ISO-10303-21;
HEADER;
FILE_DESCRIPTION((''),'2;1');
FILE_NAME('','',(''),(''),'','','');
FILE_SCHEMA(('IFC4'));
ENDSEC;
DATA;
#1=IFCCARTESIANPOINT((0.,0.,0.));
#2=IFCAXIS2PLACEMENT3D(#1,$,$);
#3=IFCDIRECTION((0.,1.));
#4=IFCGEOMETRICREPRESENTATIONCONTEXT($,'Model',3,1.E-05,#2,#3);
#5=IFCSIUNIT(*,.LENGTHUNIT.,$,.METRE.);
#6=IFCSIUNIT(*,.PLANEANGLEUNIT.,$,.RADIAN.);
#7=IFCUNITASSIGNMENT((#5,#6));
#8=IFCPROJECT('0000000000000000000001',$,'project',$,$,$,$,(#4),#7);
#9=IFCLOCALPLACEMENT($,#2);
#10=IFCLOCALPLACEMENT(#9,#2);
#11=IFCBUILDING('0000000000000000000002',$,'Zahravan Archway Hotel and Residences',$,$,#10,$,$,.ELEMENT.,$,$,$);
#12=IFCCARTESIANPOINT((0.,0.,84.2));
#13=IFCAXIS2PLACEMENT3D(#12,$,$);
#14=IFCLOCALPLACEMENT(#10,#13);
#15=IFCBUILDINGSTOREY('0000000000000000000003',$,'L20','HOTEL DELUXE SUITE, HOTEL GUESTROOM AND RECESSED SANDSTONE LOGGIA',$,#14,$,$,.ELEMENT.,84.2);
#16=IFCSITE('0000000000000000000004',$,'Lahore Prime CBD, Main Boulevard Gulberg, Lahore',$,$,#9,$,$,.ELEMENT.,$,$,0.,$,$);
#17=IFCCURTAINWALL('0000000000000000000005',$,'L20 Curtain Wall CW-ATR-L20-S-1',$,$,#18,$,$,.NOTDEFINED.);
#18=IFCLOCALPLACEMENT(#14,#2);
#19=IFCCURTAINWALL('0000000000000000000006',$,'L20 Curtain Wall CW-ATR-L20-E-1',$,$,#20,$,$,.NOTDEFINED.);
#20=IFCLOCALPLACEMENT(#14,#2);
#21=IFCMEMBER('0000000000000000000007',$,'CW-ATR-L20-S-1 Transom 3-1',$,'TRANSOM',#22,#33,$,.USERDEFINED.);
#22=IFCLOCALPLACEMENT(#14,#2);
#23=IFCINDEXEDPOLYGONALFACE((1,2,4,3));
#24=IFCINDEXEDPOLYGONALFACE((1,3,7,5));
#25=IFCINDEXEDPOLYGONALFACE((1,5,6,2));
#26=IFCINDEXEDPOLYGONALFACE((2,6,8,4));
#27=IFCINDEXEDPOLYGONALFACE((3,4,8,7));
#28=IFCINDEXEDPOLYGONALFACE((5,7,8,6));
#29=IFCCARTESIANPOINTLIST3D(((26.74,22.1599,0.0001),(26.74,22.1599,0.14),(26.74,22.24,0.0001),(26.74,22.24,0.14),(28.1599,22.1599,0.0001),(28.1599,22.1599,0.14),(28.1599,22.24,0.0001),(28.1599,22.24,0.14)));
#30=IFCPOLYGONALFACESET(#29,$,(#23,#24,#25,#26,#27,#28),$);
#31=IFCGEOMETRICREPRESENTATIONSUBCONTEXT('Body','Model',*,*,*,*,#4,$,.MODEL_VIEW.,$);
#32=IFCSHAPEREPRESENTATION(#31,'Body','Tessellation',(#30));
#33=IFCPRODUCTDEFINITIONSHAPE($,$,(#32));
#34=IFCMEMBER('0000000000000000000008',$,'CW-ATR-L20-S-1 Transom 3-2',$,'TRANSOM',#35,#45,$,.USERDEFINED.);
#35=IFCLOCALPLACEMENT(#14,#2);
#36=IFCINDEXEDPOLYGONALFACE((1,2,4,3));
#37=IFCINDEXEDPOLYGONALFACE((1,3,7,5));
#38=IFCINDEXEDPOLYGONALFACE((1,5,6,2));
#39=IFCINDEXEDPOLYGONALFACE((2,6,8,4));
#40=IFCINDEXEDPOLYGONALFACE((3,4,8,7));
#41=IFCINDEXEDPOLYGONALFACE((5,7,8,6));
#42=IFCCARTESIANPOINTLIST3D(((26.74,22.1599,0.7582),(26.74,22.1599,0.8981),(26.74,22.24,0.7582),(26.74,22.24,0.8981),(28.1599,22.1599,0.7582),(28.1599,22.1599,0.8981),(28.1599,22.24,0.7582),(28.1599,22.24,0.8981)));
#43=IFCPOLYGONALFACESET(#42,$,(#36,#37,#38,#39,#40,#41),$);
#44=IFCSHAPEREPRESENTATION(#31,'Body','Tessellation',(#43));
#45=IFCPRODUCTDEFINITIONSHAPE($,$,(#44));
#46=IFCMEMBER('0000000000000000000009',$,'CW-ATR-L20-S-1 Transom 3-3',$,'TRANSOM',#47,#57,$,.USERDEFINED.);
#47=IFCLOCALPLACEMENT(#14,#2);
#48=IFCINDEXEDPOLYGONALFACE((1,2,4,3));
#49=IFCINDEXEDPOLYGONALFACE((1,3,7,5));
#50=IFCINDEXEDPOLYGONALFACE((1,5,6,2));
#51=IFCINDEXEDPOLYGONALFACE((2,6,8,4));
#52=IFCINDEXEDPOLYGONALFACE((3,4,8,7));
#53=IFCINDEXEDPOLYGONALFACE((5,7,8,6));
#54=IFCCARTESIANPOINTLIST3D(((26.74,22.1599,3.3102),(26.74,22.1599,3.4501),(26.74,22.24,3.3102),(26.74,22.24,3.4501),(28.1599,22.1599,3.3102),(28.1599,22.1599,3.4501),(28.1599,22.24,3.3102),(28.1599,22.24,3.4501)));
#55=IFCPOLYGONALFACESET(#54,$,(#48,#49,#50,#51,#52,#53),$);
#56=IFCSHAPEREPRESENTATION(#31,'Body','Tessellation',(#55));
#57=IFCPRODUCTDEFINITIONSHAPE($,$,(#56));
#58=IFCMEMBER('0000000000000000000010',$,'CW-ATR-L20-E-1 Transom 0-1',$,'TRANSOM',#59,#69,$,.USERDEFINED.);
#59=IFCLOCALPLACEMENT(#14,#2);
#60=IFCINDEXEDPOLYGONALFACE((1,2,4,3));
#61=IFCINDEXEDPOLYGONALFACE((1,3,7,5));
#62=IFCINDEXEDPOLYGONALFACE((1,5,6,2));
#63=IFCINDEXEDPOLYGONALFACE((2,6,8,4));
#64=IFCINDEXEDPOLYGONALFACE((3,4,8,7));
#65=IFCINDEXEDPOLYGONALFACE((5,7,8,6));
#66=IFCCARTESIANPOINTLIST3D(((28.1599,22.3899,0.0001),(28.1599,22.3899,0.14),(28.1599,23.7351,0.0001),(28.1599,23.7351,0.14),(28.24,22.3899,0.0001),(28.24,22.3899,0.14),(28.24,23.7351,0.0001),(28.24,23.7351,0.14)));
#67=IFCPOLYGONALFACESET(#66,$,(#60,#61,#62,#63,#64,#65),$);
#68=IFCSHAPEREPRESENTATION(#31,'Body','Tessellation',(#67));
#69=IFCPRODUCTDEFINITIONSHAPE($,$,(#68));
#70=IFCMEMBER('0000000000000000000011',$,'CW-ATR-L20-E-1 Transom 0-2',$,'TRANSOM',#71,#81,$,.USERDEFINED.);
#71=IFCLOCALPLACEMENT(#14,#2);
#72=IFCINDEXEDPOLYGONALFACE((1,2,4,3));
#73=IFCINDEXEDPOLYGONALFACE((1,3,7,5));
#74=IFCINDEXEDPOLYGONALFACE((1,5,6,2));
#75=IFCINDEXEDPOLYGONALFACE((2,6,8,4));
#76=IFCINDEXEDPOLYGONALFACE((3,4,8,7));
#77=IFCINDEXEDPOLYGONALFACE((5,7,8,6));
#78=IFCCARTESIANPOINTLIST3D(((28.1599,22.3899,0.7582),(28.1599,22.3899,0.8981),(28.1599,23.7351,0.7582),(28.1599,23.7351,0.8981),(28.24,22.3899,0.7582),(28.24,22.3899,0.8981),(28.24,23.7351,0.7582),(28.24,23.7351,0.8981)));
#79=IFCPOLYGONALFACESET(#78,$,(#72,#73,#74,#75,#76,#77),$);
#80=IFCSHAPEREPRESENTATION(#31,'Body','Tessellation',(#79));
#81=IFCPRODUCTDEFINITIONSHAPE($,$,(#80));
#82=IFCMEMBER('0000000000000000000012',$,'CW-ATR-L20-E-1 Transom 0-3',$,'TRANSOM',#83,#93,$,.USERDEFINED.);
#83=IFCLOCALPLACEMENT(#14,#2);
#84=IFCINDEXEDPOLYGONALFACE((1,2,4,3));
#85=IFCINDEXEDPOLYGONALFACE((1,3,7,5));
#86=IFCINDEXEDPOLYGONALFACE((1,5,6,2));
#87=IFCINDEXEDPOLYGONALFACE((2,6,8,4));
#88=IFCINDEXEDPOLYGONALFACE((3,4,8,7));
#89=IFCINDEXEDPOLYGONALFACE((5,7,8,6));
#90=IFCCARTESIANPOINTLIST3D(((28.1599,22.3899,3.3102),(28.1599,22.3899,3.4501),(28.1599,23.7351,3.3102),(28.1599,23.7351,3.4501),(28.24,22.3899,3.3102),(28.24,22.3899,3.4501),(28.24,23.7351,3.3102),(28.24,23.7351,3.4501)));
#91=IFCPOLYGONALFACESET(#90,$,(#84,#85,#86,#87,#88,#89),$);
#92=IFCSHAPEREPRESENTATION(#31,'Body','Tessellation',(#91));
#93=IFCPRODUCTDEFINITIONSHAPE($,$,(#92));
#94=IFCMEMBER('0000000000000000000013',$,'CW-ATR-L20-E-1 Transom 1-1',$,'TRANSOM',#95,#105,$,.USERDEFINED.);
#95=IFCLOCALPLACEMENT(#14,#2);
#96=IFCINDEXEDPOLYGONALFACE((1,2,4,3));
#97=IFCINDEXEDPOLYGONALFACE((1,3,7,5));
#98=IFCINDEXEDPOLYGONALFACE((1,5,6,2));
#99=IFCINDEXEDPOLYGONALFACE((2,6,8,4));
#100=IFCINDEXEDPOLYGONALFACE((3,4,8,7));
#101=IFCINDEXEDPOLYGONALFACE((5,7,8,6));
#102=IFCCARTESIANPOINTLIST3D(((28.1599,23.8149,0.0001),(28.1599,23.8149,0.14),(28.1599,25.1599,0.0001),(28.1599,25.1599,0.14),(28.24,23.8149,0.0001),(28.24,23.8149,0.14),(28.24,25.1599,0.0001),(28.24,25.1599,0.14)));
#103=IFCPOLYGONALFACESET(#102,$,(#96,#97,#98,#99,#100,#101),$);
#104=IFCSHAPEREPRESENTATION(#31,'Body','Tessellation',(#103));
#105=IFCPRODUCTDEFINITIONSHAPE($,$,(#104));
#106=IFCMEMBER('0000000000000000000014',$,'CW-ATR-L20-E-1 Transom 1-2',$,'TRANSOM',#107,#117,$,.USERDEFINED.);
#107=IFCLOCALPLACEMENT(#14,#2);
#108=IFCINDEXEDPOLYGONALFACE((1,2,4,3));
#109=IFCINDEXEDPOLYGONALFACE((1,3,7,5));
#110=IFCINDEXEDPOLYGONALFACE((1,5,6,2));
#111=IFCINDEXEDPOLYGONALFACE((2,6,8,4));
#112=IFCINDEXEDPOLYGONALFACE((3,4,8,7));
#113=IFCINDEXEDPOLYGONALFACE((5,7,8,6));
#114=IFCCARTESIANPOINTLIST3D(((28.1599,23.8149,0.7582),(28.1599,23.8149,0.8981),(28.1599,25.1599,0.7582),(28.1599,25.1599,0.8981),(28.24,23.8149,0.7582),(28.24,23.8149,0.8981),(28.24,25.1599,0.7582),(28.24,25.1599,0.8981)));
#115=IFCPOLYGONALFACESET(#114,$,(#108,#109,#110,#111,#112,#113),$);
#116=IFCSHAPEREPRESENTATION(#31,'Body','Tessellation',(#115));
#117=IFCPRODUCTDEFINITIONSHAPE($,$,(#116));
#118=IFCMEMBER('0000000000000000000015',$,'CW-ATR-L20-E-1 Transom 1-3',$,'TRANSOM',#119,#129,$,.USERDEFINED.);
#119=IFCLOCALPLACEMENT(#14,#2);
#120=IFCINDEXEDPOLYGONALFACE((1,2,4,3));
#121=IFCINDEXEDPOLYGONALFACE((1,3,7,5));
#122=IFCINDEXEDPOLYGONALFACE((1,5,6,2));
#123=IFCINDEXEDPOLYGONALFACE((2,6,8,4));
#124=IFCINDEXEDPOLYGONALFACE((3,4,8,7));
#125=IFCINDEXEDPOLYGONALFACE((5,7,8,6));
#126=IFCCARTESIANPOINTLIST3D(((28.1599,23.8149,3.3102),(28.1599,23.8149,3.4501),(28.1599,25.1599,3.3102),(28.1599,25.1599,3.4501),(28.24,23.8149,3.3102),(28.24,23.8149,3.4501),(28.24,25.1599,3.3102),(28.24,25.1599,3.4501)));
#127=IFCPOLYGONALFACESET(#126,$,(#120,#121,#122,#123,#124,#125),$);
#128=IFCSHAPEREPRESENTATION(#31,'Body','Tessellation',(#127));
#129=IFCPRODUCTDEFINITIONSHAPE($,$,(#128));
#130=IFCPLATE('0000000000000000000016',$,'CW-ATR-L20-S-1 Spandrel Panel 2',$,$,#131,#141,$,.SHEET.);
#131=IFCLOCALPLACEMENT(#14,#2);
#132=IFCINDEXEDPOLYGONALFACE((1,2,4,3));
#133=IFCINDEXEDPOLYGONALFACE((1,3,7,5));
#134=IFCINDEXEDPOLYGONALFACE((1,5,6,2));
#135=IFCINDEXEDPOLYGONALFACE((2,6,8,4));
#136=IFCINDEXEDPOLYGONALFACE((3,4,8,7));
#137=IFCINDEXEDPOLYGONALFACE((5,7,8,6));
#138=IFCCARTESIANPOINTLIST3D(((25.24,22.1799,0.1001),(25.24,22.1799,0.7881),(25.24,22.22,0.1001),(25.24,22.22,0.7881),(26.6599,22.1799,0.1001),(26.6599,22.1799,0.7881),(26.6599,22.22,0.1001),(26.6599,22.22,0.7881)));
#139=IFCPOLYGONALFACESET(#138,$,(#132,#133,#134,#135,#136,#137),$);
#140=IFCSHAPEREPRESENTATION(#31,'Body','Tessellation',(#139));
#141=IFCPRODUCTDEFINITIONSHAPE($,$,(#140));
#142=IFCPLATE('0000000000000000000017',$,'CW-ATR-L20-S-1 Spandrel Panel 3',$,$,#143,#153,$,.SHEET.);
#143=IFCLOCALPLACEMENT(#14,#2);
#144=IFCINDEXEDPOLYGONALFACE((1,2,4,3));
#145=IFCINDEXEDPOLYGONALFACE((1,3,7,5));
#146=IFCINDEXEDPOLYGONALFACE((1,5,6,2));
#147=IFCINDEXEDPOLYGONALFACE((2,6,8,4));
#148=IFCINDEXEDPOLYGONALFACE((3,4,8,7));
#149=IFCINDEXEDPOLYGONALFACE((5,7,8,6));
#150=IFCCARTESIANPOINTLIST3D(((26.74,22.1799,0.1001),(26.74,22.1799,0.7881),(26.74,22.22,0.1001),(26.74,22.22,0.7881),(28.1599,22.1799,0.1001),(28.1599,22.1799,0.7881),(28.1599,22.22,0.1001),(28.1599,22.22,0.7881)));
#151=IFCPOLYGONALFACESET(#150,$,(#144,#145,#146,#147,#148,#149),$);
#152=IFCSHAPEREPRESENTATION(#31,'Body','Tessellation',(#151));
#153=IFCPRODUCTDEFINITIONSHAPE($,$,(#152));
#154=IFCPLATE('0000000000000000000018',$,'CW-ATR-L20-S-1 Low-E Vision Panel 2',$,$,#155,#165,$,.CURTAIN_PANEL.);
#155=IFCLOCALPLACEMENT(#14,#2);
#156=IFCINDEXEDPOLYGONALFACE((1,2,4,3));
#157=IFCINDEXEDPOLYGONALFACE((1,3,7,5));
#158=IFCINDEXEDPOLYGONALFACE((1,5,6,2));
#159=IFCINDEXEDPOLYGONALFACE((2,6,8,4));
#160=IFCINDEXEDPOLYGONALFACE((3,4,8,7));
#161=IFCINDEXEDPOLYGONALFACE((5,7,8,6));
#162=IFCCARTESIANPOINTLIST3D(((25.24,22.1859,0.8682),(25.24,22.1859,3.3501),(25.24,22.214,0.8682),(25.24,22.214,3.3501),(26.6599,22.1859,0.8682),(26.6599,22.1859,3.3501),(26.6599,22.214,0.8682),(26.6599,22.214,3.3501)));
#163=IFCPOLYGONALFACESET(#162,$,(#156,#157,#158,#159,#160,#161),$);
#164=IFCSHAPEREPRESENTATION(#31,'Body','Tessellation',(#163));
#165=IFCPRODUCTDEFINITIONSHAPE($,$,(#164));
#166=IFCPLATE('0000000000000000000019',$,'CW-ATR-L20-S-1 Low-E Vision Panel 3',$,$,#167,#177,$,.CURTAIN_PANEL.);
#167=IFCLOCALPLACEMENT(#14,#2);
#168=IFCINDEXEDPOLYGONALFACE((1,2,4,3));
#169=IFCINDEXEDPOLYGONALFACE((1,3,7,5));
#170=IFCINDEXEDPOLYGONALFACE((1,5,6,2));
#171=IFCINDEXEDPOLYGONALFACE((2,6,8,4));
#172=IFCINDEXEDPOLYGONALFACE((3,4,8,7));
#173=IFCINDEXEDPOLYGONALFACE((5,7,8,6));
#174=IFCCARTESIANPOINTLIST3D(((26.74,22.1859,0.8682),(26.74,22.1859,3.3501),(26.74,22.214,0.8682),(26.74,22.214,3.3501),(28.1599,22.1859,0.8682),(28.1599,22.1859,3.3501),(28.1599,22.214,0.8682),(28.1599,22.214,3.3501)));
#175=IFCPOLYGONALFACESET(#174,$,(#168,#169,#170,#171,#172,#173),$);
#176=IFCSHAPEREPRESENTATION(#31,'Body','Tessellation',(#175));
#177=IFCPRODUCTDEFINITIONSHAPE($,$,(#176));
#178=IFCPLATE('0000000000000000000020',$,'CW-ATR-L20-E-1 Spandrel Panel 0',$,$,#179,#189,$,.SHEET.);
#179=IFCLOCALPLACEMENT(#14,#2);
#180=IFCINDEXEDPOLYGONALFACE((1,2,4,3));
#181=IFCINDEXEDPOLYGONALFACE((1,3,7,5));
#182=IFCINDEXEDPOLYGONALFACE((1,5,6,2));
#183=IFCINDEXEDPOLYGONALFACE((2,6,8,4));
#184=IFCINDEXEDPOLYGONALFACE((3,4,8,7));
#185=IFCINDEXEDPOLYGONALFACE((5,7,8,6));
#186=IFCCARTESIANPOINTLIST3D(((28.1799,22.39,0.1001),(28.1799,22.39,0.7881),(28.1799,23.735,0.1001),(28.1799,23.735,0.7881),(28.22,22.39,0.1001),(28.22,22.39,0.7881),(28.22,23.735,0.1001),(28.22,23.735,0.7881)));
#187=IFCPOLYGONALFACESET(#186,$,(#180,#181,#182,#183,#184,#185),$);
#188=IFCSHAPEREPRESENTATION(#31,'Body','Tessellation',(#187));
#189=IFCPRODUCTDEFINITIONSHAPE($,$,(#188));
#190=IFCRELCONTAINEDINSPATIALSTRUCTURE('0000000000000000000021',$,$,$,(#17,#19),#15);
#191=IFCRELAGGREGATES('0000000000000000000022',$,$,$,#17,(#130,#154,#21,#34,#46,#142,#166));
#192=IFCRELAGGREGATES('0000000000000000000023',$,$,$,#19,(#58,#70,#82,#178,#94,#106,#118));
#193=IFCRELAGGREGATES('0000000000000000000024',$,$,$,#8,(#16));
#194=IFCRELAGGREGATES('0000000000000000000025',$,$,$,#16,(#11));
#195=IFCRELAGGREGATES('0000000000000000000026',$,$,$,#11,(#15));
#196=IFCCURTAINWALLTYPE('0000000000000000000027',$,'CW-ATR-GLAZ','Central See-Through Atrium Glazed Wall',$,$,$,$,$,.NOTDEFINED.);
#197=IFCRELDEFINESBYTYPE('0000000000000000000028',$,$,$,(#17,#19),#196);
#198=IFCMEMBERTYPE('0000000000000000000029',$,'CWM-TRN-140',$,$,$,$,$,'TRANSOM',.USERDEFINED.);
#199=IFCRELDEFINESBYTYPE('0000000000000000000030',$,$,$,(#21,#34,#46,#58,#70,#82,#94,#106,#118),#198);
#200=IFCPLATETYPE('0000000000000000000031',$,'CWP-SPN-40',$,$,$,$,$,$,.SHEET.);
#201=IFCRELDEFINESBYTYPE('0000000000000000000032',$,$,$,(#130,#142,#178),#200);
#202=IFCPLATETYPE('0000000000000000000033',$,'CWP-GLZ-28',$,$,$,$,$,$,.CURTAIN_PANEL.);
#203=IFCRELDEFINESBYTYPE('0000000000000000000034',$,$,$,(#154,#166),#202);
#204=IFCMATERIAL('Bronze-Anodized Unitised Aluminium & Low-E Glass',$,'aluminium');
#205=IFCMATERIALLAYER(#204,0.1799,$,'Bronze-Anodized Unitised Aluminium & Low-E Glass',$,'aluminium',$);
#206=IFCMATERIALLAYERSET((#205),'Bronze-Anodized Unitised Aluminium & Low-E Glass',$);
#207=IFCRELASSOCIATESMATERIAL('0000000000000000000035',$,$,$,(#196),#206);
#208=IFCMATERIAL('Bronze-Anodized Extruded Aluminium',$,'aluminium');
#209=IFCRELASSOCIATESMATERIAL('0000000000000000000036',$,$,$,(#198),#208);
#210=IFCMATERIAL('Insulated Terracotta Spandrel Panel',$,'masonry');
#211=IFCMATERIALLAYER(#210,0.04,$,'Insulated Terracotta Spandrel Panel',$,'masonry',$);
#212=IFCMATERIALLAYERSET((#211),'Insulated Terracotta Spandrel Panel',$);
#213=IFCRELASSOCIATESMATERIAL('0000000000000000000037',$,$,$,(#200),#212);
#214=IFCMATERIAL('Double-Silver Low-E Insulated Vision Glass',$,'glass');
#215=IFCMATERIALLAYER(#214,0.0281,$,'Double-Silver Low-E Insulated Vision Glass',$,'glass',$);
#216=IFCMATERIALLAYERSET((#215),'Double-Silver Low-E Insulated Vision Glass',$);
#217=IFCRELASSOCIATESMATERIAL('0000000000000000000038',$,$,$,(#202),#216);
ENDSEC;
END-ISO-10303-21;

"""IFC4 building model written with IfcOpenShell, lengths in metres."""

from ifc_helpers import new_model, si_unit, direction, frame, origin, origin_2d, place, context, subcontext, project, spatial, rectangle, extrude, source, transform, mapped, material, layer, layer_set, material_profile, profile_set, type_object, element, aggregate, save


model = new_model("IFC4")

# Units and contexts
model_context = context("Model", 3, precision=1e-05, world=origin(), true_north=direction((0.0, 1.0)))
body_context = subcontext(model_context, "Body", "Model", "MODEL_VIEW")
ifc_project = project(units=[si_unit("LENGTHUNIT", "METRE"), si_unit("PLANEANGLEUNIT", "RADIAN")], contexts=[model_context])

# Site, building, storey
site_placement = place(None, origin())
site = spatial("IfcSite", under=ifc_project, at=site_placement, Name="Lahore Prime CBD, Main Boulevard Gulberg, Lahore", CompositionType="ELEMENT", RefElevation=0.0)
building_placement = place(site_placement, origin())
building = spatial("IfcBuilding", under=site, at=building_placement, Name="Zahravan Archway Hotel and Residences", CompositionType="ELEMENT")
storey_placement = place(building_placement, frame((0.0, 0.0, 84.2)))
storey = spatial("IfcBuildingStorey", under=building, at=storey_placement, Name="L20", Description="HOTEL DELUXE SUITE, HOTEL GUESTROOM AND RECESSED SANDSTONE LOGGIA", CompositionType="ELEMENT", Elevation=84.2)

# Curtain walls
ifc_material_1 = material(Name="Bronze-Anodized Unitised Aluminium & Low-E Glass", Category="aluminium")
ifc_layer_1 = layer(ifc_material_1, 0.1799, Name="Bronze-Anodized Unitised Aluminium & Low-E Glass", Category="aluminium")
ifc_layer_set_1 = layer_set([ifc_layer_1], Name="Bronze-Anodized Unitised Aluminium & Low-E Glass")
curtain_wall_type = type_object("IfcCurtainWallType", Name="CW-ATR-GLAZ", Description="Central See-Through Atrium Glazed Wall", PredefinedType="NOTDEFINED", material=ifc_layer_set_1)
curtain_wall_1_placement = place(storey_placement, origin())
curtain_wall_1 = element("IfcCurtainWall", 1, at=curtain_wall_1_placement, inside=storey, type_object=curtain_wall_type, Name="L20 Curtain Wall CW-ATR-L20-S-1", PredefinedType="NOTDEFINED")
ifc_material_2 = material(Name="Bronze-Anodized Extruded Aluminium", Category="aluminium")
curtain_wall_2_placement = place(storey_placement, origin())
curtain_wall_2 = element("IfcCurtainWall", 2, at=curtain_wall_2_placement, inside=storey, type_object=curtain_wall_type, Name="L20 Curtain Wall CW-ATR-L20-E-1", PredefinedType="NOTDEFINED")

# Members
ifc_material_profile_1 = material_profile(ifc_material_2, rectangle(XDim=0.0801, YDim=0.1399, at=origin_2d()), Name="TRN 80x140", Category="aluminium")
ifc_profile_set_1 = profile_set([ifc_material_profile_1], Name="Bronze-Anodized Extruded Aluminium")
member_type_1 = type_object("IfcMemberType", Name="CWM-TRN-140", ElementType="TRANSOM", PredefinedType="USERDEFINED", material=ifc_profile_set_1)
shared_shape_1 = source(origin(), body_context, "Body", "SweptSolid", [
    extrude(rectangle(XDim=0.0801, YDim=0.1399, at=origin_2d()), origin(), (0.0, 0.0, 1.0), 1.4199),
])
member_1_placement = place(storey_placement, frame((26.74, 22.2, 0.0701), z_axis=(1.0, 0.0, 0.0), x_axis=(0.0, 1.0, 0.0)))
member_1 = element("IfcMember", 3, at=member_1_placement, type_object=member_type_1, Name="CW-ATR-L20-S-1 Transom 3-1", ObjectType="TRANSOM", PredefinedType="USERDEFINED", context=body_context, shape_type="MappedRepresentation", body=[
    mapped(shared_shape_1, transform((0.0, 0.0, 0.0), scale=1.0)),
])
member_2_placement = place(storey_placement, frame((26.74, 22.2, 0.8281), z_axis=(1.0, 0.0, 0.0), x_axis=(0.0, 1.0, 0.0)))
member_2 = element("IfcMember", 4, at=member_2_placement, type_object=member_type_1, Name="CW-ATR-L20-S-1 Transom 3-2", ObjectType="TRANSOM", PredefinedType="USERDEFINED", context=body_context, shape_type="MappedRepresentation", body=[
    mapped(shared_shape_1, transform((0.0, 0.0, 0.0), scale=1.0)),
])
member_3_placement = place(storey_placement, frame((26.74, 22.2, 3.3801), z_axis=(1.0, 0.0, 0.0), x_axis=(0.0, 1.0, 0.0)))
member_3 = element("IfcMember", 5, at=member_3_placement, type_object=member_type_1, Name="CW-ATR-L20-S-1 Transom 3-3", ObjectType="TRANSOM", PredefinedType="USERDEFINED", context=body_context, shape_type="MappedRepresentation", body=[
    mapped(shared_shape_1, transform((0.0, 0.0, 0.0), scale=1.0)),
])
shared_shape_2 = source(origin(), body_context, "Body", "SweptSolid", [
    extrude(rectangle(XDim=0.0801, YDim=0.1399, at=origin_2d()), origin(), (0.0, 0.0, 1.0), 1.3452),
])
member_4_placement = place(storey_placement, frame((28.2, 22.3899, 0.0701), z_axis=(0.0, 1.0, 0.0), x_axis=(-1.0, 0.0, 0.0)))
member_4 = element("IfcMember", 6, at=member_4_placement, type_object=member_type_1, Name="CW-ATR-L20-E-1 Transom 0-1", ObjectType="TRANSOM", PredefinedType="USERDEFINED", context=body_context, shape_type="MappedRepresentation", body=[
    mapped(shared_shape_2, transform((0.0, 0.0, 0.0), scale=1.0)),
])
member_5_placement = place(storey_placement, frame((28.2, 22.3899, 0.8281), z_axis=(0.0, 1.0, 0.0), x_axis=(-1.0, 0.0, 0.0)))
member_5 = element("IfcMember", 7, at=member_5_placement, type_object=member_type_1, Name="CW-ATR-L20-E-1 Transom 0-2", ObjectType="TRANSOM", PredefinedType="USERDEFINED", context=body_context, shape_type="MappedRepresentation", body=[
    mapped(shared_shape_2, transform((0.0, 0.0, 0.0), scale=1.0)),
])
member_6_placement = place(storey_placement, frame((28.2, 22.3899, 3.3801), z_axis=(0.0, 1.0, 0.0), x_axis=(-1.0, 0.0, 0.0)))
member_6 = element("IfcMember", 8, at=member_6_placement, type_object=member_type_1, Name="CW-ATR-L20-E-1 Transom 0-3", ObjectType="TRANSOM", PredefinedType="USERDEFINED", context=body_context, shape_type="MappedRepresentation", body=[
    mapped(shared_shape_2, transform((0.0, 0.0, 0.0), scale=1.0)),
])
shared_shape_3 = source(origin(), body_context, "Body", "SweptSolid", [
    extrude(rectangle(XDim=0.0801, YDim=0.1399, at=origin_2d()), origin(), (0.0, 0.0, 1.0), 1.345),
])
member_7_placement = place(storey_placement, frame((28.2, 23.8149, 0.0701), z_axis=(0.0, 1.0, 0.0), x_axis=(-1.0, 0.0, 0.0)))
member_7 = element("IfcMember", 9, at=member_7_placement, type_object=member_type_1, Name="CW-ATR-L20-E-1 Transom 1-1", ObjectType="TRANSOM", PredefinedType="USERDEFINED", context=body_context, shape_type="MappedRepresentation", body=[
    mapped(shared_shape_3, transform((0.0, 0.0, 0.0), scale=1.0)),
])
member_8_placement = place(storey_placement, frame((28.2, 23.8149, 0.8281), z_axis=(0.0, 1.0, 0.0), x_axis=(-1.0, 0.0, 0.0)))
member_8 = element("IfcMember", 10, at=member_8_placement, type_object=member_type_1, Name="CW-ATR-L20-E-1 Transom 1-2", ObjectType="TRANSOM", PredefinedType="USERDEFINED", context=body_context, shape_type="MappedRepresentation", body=[
    mapped(shared_shape_3, transform((0.0, 0.0, 0.0), scale=1.0)),
])
member_9_placement = place(storey_placement, frame((28.2, 23.8149, 3.3801), z_axis=(0.0, 1.0, 0.0), x_axis=(-1.0, 0.0, 0.0)))
member_9 = element("IfcMember", 11, at=member_9_placement, type_object=member_type_1, Name="CW-ATR-L20-E-1 Transom 1-3", ObjectType="TRANSOM", PredefinedType="USERDEFINED", context=body_context, shape_type="MappedRepresentation", body=[
    mapped(shared_shape_3, transform((0.0, 0.0, 0.0), scale=1.0)),
])

# Plates
ifc_material_3 = material(Name="Insulated Terracotta Spandrel Panel", Category="masonry")
ifc_layer_2 = layer(ifc_material_3, 0.04, Name="Insulated Terracotta Spandrel Panel", Category="masonry")
ifc_layer_set_2 = layer_set([ifc_layer_2], Name="Insulated Terracotta Spandrel Panel")
plate_type_1 = type_object("IfcPlateType", Name="CWP-SPN-40", PredefinedType="SHEET", material=ifc_layer_set_2)
shared_shape_4 = source(origin(), body_context, "Body", "SweptSolid", [
    extrude(rectangle(XDim=1.4199, YDim=0.04, at=origin_2d()), origin(), (0.0, 0.0, 1.0), 0.688),
])
plate_1_placement = place(storey_placement, frame((25.95, 22.2, 0.1001), z_axis=(0.0, 0.0, 1.0), x_axis=(1.0, 0.0, 0.0)))
plate_1 = element("IfcPlate", 12, at=plate_1_placement, type_object=plate_type_1, Name="CW-ATR-L20-S-1 Spandrel Panel 2", PredefinedType="SHEET", context=body_context, shape_type="MappedRepresentation", body=[
    mapped(shared_shape_4, transform((0.0, 0.0, 0.0), scale=1.0)),
])
plate_2_placement = place(storey_placement, frame((27.45, 22.2, 0.1001), z_axis=(0.0, 0.0, 1.0), x_axis=(1.0, 0.0, 0.0)))
plate_2 = element("IfcPlate", 13, at=plate_2_placement, type_object=plate_type_1, Name="CW-ATR-L20-S-1 Spandrel Panel 3", PredefinedType="SHEET", context=body_context, shape_type="MappedRepresentation", body=[
    mapped(shared_shape_4, transform((0.0, 0.0, 0.0), scale=1.0)),
])
ifc_material_4 = material(Name="Double-Silver Low-E Insulated Vision Glass", Category="glass")
ifc_layer_3 = layer(ifc_material_4, 0.0281, Name="Double-Silver Low-E Insulated Vision Glass", Category="glass")
ifc_layer_set_3 = layer_set([ifc_layer_3], Name="Double-Silver Low-E Insulated Vision Glass")
plate_type_2 = type_object("IfcPlateType", Name="CWP-GLZ-28", PredefinedType="CURTAIN_PANEL", material=ifc_layer_set_3)
shared_shape_5 = source(origin(), body_context, "Body", "SweptSolid", [
    extrude(rectangle(XDim=1.4199, YDim=0.0281, at=origin_2d()), origin(), (0.0, 0.0, 1.0), 2.4819),
])
plate_3_placement = place(storey_placement, frame((25.95, 22.2, 0.8682), z_axis=(0.0, 0.0, 1.0), x_axis=(1.0, 0.0, 0.0)))
plate_3 = element("IfcPlate", 14, at=plate_3_placement, type_object=plate_type_2, Name="CW-ATR-L20-S-1 Low-E Vision Panel 2", PredefinedType="CURTAIN_PANEL", context=body_context, shape_type="MappedRepresentation", body=[
    mapped(shared_shape_5, transform((0.0, 0.0, 0.0), scale=1.0)),
])
plate_4_placement = place(storey_placement, frame((27.45, 22.2, 0.8682), z_axis=(0.0, 0.0, 1.0), x_axis=(1.0, 0.0, 0.0)))
plate_4 = element("IfcPlate", 15, at=plate_4_placement, type_object=plate_type_2, Name="CW-ATR-L20-S-1 Low-E Vision Panel 3", PredefinedType="CURTAIN_PANEL", context=body_context, shape_type="MappedRepresentation", body=[
    mapped(shared_shape_5, transform((0.0, 0.0, 0.0), scale=1.0)),
])
aggregate(curtain_wall_1, [plate_1, plate_3, member_1, member_2, member_3, plate_2, plate_4])
shared_shape_6 = source(origin(), body_context, "Body", "SweptSolid", [
    extrude(rectangle(XDim=1.345, YDim=0.04, at=origin_2d()), origin(), (0.0, 0.0, 1.0), 0.688),
])
plate_5_placement = place(storey_placement, frame((28.2, 23.0625, 0.1001), z_axis=(0.0, 0.0, 1.0), x_axis=(0.0, 1.0, 0.0)))
plate_5 = element("IfcPlate", 16, at=plate_5_placement, type_object=plate_type_1, Name="CW-ATR-L20-E-1 Spandrel Panel 0", PredefinedType="SHEET", context=body_context, shape_type="MappedRepresentation", body=[
    mapped(shared_shape_6, transform((0.0, 0.0, 0.0), scale=1.0)),
])
aggregate(curtain_wall_2, [member_4, member_5, member_6, plate_5, member_7, member_8, member_9])

save(model, "model.ifc")
